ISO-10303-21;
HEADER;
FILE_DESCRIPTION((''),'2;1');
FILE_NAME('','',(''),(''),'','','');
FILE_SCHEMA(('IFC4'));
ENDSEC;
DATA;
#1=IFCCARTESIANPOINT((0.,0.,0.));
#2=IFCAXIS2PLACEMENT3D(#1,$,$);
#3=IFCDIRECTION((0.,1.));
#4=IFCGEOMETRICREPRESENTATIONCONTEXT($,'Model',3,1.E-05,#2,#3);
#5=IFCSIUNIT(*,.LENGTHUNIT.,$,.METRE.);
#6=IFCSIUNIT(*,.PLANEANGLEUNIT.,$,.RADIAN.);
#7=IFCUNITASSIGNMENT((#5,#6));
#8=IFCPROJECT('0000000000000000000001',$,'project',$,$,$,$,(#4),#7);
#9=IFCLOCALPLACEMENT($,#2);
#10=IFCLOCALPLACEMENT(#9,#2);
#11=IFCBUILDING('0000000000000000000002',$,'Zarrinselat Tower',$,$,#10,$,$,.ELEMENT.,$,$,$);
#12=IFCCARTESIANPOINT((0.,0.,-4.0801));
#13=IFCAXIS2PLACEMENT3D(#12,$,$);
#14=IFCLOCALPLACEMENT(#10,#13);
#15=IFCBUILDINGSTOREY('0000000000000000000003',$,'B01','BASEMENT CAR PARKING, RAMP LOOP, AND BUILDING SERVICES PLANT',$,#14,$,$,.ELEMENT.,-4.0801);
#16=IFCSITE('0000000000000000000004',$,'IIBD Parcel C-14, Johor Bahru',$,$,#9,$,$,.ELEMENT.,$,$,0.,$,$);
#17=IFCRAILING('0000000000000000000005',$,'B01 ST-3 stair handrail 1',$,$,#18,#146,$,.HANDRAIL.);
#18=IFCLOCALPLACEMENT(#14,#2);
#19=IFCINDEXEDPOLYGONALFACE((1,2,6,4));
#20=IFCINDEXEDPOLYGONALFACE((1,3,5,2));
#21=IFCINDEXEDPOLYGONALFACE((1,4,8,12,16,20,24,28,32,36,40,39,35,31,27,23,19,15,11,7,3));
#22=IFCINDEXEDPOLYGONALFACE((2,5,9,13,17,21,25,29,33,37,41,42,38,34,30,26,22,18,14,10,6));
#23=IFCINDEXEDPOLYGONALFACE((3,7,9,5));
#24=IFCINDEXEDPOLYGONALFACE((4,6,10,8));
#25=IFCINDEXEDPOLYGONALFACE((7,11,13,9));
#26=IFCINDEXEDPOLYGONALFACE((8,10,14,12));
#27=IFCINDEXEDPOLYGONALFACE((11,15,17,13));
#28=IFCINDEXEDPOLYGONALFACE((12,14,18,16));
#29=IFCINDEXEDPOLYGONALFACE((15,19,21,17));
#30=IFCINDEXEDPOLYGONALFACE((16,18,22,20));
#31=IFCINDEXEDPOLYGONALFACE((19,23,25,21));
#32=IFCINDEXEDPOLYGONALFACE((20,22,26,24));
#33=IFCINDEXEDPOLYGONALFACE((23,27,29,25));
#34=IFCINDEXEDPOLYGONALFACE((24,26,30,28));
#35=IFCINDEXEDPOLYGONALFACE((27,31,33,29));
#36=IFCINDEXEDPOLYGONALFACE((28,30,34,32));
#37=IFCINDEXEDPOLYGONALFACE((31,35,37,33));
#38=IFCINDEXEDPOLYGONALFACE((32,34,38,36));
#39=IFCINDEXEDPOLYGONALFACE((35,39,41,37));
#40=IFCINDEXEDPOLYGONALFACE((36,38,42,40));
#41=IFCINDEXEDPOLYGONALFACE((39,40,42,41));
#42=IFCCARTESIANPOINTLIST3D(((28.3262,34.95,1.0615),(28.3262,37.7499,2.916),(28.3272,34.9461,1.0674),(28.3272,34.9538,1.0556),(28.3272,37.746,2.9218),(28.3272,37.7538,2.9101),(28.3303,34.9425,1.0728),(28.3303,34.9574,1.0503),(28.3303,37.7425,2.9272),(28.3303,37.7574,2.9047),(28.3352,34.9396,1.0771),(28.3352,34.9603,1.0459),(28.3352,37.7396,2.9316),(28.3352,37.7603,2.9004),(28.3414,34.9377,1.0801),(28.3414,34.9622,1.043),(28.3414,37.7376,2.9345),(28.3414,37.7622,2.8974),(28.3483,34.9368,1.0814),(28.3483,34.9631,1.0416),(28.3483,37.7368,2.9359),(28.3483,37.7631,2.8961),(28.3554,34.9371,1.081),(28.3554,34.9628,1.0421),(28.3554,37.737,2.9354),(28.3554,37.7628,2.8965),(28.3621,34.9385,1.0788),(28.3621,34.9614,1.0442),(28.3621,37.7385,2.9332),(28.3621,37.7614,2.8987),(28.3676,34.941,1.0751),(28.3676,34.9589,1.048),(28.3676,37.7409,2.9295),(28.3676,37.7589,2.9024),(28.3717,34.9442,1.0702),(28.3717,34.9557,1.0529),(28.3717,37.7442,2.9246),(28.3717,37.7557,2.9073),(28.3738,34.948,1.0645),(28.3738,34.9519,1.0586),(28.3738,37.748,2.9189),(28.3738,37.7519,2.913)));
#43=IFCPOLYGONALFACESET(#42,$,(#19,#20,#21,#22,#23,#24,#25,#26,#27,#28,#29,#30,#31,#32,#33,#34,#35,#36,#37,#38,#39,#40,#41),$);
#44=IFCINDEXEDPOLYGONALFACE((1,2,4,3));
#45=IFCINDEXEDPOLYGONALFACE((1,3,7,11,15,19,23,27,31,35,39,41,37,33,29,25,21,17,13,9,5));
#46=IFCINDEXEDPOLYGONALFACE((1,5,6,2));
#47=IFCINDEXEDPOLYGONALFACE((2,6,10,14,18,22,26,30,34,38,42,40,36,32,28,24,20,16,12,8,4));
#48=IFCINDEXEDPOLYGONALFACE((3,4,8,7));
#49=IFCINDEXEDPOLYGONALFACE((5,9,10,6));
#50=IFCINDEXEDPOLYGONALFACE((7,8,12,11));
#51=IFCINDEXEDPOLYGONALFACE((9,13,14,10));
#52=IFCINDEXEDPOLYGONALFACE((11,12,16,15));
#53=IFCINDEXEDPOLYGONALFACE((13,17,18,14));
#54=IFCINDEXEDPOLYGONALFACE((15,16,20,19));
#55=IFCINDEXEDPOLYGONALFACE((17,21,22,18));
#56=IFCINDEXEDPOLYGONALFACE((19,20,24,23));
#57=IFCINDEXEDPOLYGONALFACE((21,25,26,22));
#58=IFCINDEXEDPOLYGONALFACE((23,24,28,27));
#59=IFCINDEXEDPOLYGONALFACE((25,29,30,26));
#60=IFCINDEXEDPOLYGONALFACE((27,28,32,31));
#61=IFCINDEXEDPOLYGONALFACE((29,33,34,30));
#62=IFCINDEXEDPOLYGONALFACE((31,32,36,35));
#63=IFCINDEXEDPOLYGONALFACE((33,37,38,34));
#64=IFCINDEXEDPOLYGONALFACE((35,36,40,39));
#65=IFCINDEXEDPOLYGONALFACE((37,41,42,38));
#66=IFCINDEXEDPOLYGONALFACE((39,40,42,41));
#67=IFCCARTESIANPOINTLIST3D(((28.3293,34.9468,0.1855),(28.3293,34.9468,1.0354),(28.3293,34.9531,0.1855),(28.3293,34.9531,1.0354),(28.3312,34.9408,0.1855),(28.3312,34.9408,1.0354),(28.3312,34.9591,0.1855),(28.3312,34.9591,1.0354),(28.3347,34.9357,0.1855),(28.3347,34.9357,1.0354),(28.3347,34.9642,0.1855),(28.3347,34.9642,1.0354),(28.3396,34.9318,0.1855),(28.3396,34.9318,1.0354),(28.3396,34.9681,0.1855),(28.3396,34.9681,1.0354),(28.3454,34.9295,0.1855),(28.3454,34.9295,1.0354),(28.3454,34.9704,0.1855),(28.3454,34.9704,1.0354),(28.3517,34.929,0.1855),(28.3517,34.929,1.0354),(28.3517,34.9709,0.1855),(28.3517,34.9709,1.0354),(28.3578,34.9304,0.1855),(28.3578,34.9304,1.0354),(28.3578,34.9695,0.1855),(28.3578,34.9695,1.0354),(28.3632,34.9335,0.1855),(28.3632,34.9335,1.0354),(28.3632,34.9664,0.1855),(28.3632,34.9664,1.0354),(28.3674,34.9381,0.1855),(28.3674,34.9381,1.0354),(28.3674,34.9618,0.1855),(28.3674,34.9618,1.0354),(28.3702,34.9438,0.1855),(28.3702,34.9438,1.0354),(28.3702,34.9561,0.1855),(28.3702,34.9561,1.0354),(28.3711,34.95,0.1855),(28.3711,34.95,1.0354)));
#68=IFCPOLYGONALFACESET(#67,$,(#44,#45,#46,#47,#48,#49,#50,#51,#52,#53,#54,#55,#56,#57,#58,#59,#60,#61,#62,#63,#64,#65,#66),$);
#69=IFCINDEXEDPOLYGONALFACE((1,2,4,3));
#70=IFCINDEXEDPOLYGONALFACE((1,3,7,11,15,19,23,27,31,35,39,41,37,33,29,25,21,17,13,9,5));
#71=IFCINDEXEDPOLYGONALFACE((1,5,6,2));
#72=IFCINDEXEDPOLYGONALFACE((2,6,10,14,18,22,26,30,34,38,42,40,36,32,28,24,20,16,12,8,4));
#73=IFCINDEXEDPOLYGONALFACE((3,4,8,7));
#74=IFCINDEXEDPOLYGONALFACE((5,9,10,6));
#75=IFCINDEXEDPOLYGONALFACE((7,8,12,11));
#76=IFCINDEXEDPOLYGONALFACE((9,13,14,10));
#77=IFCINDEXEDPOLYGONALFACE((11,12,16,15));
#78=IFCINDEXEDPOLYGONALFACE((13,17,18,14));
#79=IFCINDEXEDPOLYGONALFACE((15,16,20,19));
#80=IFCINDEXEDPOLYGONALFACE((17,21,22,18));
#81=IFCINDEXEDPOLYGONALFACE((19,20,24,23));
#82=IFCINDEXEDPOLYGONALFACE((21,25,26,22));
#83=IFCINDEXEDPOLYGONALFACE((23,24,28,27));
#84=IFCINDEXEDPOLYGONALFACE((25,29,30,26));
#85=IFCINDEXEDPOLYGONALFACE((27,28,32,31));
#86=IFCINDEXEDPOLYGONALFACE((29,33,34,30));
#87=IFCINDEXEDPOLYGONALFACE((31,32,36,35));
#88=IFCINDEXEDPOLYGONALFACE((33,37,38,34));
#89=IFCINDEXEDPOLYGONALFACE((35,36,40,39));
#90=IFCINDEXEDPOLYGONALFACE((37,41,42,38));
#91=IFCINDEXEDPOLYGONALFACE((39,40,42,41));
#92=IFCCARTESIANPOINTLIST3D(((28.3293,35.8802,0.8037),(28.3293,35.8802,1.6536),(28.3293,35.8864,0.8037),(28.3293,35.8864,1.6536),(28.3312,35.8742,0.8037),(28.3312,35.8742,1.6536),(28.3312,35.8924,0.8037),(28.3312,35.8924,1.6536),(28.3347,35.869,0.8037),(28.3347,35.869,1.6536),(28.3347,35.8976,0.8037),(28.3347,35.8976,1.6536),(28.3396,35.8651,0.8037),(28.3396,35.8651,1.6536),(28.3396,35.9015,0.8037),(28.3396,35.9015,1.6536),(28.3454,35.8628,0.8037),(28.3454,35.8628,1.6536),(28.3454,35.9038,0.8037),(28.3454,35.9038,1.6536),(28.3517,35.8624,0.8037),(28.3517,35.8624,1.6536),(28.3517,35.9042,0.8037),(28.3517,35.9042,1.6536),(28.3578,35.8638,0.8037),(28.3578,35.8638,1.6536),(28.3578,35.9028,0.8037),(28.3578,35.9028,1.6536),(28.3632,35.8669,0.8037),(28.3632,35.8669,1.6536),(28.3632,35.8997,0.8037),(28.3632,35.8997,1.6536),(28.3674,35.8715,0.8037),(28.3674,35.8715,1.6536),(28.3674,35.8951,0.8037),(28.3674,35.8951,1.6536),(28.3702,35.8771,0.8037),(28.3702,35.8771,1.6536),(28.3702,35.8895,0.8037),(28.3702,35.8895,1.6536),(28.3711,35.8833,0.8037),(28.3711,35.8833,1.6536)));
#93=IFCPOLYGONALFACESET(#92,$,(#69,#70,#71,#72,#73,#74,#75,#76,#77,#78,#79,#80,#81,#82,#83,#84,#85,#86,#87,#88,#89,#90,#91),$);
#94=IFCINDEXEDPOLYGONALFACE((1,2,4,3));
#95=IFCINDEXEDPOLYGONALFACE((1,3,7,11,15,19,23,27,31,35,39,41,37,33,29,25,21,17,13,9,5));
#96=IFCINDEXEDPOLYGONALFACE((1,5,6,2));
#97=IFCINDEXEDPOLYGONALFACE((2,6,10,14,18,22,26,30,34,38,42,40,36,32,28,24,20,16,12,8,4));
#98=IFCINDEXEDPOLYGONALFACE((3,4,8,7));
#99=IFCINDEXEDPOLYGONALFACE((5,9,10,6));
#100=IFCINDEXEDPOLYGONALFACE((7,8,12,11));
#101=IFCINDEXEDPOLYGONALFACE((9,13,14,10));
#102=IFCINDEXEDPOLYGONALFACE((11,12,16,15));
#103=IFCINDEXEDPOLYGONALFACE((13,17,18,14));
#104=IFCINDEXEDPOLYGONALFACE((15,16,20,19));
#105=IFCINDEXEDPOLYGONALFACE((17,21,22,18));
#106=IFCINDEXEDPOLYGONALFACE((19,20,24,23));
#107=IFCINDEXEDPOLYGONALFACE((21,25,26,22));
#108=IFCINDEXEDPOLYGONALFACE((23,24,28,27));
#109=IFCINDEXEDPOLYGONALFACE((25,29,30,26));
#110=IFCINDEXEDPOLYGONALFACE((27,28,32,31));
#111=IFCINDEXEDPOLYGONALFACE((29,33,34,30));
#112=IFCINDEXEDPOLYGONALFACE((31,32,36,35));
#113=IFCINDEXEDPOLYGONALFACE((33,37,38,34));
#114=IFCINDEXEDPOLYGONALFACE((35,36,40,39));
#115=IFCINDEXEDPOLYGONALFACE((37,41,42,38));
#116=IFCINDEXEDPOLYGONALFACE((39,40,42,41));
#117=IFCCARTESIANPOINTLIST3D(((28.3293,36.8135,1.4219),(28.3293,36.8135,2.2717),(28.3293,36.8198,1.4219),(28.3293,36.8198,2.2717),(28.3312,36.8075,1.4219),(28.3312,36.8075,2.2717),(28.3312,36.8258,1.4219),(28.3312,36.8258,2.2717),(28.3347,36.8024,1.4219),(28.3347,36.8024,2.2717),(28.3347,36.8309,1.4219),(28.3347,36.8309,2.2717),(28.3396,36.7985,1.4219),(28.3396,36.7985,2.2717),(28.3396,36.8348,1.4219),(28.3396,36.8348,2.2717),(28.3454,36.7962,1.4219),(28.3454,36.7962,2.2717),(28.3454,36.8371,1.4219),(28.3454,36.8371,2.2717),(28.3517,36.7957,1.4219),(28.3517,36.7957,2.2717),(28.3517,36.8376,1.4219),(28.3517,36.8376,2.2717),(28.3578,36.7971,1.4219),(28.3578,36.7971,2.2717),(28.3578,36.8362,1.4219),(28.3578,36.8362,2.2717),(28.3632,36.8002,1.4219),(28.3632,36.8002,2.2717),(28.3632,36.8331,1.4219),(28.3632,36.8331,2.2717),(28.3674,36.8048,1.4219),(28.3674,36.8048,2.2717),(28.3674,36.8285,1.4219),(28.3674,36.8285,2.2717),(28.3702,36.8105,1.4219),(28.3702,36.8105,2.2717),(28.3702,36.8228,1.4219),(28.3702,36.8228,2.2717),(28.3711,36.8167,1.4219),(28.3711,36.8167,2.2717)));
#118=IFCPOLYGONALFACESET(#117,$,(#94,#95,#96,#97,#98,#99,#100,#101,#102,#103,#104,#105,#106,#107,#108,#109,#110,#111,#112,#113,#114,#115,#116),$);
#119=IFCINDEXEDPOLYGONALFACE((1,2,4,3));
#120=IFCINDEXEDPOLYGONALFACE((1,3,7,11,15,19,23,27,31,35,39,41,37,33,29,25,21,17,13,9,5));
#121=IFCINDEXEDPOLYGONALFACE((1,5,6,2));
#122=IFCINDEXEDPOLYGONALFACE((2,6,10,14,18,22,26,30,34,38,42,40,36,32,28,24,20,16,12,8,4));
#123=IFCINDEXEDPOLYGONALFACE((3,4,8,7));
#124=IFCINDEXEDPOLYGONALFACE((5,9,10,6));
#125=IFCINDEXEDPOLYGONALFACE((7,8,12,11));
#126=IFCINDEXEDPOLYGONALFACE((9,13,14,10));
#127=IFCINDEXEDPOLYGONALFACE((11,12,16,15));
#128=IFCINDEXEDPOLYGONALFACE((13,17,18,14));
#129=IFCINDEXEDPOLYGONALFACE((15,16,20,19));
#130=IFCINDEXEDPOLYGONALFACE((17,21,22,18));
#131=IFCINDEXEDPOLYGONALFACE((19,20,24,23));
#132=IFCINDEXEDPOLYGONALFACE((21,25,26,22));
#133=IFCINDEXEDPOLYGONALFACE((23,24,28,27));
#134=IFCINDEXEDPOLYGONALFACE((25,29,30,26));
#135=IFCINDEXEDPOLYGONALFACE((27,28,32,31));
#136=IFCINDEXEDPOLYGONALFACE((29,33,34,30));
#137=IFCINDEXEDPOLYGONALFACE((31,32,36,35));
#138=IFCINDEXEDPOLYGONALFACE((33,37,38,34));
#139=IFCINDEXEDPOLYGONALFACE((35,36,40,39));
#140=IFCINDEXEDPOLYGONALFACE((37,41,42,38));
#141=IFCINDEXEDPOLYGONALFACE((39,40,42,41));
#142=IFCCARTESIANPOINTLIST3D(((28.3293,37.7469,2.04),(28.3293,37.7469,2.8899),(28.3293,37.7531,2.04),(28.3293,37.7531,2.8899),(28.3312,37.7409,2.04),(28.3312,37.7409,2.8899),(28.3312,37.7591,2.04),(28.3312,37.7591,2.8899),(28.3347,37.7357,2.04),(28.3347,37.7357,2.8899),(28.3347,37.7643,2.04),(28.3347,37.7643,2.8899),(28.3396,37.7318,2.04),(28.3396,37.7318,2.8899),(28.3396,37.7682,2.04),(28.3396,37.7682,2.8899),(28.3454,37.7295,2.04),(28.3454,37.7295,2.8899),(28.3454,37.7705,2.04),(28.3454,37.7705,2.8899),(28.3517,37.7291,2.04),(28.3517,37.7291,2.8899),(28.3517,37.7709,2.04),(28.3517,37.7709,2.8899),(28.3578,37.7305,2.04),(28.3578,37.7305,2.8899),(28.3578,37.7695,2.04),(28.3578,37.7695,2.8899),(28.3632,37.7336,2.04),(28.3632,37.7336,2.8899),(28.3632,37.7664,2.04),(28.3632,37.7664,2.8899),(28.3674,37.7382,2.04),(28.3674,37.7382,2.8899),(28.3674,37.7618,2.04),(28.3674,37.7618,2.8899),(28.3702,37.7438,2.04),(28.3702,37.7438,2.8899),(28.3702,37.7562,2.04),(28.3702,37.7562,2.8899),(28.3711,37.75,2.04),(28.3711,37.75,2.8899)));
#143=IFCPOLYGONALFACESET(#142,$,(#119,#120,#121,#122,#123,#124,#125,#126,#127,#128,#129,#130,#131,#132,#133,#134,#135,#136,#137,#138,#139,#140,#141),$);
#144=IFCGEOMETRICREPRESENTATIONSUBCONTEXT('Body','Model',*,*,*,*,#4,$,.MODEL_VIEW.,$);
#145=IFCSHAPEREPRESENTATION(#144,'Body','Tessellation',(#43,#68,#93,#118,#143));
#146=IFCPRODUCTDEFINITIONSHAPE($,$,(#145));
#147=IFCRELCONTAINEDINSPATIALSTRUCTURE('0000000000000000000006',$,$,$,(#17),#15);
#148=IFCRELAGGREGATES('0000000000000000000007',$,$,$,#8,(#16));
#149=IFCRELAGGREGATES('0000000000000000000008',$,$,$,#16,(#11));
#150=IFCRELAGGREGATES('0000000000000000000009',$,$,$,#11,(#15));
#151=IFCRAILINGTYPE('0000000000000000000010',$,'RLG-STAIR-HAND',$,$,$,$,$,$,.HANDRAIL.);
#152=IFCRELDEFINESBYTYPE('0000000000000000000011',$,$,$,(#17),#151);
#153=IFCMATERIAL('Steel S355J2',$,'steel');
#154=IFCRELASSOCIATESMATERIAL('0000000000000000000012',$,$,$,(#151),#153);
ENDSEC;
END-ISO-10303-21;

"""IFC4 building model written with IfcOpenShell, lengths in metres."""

from ifc_helpers import new_model, si_unit, direction, frame, origin, origin_2d, place, context, subcontext, project, spatial, circle, extrude, material, type_object, element, save


model = new_model("IFC4")

# Units and contexts
model_context = context("Model", 3, precision=1e-05, world=origin(), true_north=direction((0.0, 1.0)))
body_context = subcontext(model_context, "Body", "Model", "MODEL_VIEW")
ifc_project = project(units=[si_unit("LENGTHUNIT", "METRE"), si_unit("PLANEANGLEUNIT", "RADIAN")], contexts=[model_context])

# Site, building, storey
site_placement = place(None, origin())
site = spatial("IfcSite", under=ifc_project, at=site_placement, Name="IIBD Parcel C-14, Johor Bahru", CompositionType="ELEMENT", RefElevation=0.0)
building_placement = place(site_placement, origin())
building = spatial("IfcBuilding", under=site, at=building_placement, Name="Zarrinselat Tower", CompositionType="ELEMENT")
storey_placement = place(building_placement, frame((0.0, 0.0, -4.0801)))
storey = spatial("IfcBuildingStorey", under=building, at=storey_placement, Name="B01", Description="BASEMENT CAR PARKING, RAMP LOOP, AND BUILDING SERVICES PLANT", CompositionType="ELEMENT", Elevation=-4.0801)

# Railing
ifc_material_1 = material(Name="Steel S355J2", Category="steel")
railing_type_1 = type_object("IfcRailingType", Name="RLG-STAIR-HAND", PredefinedType="HANDRAIL", material=ifc_material_1)
railing_1_placement = place(storey_placement, frame((28.3501, 34.95, 0.1855)))
element("IfcRailing", 1, at=railing_1_placement, inside=storey, type_object=railing_type_1, Name="B01 ST-3 stair handrail 1", PredefinedType="HANDRAIL", context=body_context, shape_type="SweptSolid", body=[
    extrude(circle(Radius=0.0239, at=origin_2d()), frame((0.0, 0.0, 0.876), z_axis=(0.0, 0.833724, 0.552181), x_axis=(-1.0, 0.0, 0.0)), (0.0, 0.0, 1.0), 3.3584),
    extrude(circle(Radius=0.021, at=origin_2d()), origin(), (0.0, 0.0, 1.0), 0.8499),
    extrude(circle(Radius=0.021, at=origin_2d()), frame((0.0, 0.9333, 0.6182)), (0.0, 0.0, 1.0), 0.8499),
    extrude(circle(Radius=0.021, at=origin_2d()), frame((0.0, 1.8667, 1.2363)), (0.0, 0.0, 1.0), 0.8499),
    extrude(circle(Radius=0.021, at=origin_2d()), frame((0.0, 2.8, 1.8545)), (0.0, 0.0, 1.0), 0.8499),
])

save(model, "model.ifc")
